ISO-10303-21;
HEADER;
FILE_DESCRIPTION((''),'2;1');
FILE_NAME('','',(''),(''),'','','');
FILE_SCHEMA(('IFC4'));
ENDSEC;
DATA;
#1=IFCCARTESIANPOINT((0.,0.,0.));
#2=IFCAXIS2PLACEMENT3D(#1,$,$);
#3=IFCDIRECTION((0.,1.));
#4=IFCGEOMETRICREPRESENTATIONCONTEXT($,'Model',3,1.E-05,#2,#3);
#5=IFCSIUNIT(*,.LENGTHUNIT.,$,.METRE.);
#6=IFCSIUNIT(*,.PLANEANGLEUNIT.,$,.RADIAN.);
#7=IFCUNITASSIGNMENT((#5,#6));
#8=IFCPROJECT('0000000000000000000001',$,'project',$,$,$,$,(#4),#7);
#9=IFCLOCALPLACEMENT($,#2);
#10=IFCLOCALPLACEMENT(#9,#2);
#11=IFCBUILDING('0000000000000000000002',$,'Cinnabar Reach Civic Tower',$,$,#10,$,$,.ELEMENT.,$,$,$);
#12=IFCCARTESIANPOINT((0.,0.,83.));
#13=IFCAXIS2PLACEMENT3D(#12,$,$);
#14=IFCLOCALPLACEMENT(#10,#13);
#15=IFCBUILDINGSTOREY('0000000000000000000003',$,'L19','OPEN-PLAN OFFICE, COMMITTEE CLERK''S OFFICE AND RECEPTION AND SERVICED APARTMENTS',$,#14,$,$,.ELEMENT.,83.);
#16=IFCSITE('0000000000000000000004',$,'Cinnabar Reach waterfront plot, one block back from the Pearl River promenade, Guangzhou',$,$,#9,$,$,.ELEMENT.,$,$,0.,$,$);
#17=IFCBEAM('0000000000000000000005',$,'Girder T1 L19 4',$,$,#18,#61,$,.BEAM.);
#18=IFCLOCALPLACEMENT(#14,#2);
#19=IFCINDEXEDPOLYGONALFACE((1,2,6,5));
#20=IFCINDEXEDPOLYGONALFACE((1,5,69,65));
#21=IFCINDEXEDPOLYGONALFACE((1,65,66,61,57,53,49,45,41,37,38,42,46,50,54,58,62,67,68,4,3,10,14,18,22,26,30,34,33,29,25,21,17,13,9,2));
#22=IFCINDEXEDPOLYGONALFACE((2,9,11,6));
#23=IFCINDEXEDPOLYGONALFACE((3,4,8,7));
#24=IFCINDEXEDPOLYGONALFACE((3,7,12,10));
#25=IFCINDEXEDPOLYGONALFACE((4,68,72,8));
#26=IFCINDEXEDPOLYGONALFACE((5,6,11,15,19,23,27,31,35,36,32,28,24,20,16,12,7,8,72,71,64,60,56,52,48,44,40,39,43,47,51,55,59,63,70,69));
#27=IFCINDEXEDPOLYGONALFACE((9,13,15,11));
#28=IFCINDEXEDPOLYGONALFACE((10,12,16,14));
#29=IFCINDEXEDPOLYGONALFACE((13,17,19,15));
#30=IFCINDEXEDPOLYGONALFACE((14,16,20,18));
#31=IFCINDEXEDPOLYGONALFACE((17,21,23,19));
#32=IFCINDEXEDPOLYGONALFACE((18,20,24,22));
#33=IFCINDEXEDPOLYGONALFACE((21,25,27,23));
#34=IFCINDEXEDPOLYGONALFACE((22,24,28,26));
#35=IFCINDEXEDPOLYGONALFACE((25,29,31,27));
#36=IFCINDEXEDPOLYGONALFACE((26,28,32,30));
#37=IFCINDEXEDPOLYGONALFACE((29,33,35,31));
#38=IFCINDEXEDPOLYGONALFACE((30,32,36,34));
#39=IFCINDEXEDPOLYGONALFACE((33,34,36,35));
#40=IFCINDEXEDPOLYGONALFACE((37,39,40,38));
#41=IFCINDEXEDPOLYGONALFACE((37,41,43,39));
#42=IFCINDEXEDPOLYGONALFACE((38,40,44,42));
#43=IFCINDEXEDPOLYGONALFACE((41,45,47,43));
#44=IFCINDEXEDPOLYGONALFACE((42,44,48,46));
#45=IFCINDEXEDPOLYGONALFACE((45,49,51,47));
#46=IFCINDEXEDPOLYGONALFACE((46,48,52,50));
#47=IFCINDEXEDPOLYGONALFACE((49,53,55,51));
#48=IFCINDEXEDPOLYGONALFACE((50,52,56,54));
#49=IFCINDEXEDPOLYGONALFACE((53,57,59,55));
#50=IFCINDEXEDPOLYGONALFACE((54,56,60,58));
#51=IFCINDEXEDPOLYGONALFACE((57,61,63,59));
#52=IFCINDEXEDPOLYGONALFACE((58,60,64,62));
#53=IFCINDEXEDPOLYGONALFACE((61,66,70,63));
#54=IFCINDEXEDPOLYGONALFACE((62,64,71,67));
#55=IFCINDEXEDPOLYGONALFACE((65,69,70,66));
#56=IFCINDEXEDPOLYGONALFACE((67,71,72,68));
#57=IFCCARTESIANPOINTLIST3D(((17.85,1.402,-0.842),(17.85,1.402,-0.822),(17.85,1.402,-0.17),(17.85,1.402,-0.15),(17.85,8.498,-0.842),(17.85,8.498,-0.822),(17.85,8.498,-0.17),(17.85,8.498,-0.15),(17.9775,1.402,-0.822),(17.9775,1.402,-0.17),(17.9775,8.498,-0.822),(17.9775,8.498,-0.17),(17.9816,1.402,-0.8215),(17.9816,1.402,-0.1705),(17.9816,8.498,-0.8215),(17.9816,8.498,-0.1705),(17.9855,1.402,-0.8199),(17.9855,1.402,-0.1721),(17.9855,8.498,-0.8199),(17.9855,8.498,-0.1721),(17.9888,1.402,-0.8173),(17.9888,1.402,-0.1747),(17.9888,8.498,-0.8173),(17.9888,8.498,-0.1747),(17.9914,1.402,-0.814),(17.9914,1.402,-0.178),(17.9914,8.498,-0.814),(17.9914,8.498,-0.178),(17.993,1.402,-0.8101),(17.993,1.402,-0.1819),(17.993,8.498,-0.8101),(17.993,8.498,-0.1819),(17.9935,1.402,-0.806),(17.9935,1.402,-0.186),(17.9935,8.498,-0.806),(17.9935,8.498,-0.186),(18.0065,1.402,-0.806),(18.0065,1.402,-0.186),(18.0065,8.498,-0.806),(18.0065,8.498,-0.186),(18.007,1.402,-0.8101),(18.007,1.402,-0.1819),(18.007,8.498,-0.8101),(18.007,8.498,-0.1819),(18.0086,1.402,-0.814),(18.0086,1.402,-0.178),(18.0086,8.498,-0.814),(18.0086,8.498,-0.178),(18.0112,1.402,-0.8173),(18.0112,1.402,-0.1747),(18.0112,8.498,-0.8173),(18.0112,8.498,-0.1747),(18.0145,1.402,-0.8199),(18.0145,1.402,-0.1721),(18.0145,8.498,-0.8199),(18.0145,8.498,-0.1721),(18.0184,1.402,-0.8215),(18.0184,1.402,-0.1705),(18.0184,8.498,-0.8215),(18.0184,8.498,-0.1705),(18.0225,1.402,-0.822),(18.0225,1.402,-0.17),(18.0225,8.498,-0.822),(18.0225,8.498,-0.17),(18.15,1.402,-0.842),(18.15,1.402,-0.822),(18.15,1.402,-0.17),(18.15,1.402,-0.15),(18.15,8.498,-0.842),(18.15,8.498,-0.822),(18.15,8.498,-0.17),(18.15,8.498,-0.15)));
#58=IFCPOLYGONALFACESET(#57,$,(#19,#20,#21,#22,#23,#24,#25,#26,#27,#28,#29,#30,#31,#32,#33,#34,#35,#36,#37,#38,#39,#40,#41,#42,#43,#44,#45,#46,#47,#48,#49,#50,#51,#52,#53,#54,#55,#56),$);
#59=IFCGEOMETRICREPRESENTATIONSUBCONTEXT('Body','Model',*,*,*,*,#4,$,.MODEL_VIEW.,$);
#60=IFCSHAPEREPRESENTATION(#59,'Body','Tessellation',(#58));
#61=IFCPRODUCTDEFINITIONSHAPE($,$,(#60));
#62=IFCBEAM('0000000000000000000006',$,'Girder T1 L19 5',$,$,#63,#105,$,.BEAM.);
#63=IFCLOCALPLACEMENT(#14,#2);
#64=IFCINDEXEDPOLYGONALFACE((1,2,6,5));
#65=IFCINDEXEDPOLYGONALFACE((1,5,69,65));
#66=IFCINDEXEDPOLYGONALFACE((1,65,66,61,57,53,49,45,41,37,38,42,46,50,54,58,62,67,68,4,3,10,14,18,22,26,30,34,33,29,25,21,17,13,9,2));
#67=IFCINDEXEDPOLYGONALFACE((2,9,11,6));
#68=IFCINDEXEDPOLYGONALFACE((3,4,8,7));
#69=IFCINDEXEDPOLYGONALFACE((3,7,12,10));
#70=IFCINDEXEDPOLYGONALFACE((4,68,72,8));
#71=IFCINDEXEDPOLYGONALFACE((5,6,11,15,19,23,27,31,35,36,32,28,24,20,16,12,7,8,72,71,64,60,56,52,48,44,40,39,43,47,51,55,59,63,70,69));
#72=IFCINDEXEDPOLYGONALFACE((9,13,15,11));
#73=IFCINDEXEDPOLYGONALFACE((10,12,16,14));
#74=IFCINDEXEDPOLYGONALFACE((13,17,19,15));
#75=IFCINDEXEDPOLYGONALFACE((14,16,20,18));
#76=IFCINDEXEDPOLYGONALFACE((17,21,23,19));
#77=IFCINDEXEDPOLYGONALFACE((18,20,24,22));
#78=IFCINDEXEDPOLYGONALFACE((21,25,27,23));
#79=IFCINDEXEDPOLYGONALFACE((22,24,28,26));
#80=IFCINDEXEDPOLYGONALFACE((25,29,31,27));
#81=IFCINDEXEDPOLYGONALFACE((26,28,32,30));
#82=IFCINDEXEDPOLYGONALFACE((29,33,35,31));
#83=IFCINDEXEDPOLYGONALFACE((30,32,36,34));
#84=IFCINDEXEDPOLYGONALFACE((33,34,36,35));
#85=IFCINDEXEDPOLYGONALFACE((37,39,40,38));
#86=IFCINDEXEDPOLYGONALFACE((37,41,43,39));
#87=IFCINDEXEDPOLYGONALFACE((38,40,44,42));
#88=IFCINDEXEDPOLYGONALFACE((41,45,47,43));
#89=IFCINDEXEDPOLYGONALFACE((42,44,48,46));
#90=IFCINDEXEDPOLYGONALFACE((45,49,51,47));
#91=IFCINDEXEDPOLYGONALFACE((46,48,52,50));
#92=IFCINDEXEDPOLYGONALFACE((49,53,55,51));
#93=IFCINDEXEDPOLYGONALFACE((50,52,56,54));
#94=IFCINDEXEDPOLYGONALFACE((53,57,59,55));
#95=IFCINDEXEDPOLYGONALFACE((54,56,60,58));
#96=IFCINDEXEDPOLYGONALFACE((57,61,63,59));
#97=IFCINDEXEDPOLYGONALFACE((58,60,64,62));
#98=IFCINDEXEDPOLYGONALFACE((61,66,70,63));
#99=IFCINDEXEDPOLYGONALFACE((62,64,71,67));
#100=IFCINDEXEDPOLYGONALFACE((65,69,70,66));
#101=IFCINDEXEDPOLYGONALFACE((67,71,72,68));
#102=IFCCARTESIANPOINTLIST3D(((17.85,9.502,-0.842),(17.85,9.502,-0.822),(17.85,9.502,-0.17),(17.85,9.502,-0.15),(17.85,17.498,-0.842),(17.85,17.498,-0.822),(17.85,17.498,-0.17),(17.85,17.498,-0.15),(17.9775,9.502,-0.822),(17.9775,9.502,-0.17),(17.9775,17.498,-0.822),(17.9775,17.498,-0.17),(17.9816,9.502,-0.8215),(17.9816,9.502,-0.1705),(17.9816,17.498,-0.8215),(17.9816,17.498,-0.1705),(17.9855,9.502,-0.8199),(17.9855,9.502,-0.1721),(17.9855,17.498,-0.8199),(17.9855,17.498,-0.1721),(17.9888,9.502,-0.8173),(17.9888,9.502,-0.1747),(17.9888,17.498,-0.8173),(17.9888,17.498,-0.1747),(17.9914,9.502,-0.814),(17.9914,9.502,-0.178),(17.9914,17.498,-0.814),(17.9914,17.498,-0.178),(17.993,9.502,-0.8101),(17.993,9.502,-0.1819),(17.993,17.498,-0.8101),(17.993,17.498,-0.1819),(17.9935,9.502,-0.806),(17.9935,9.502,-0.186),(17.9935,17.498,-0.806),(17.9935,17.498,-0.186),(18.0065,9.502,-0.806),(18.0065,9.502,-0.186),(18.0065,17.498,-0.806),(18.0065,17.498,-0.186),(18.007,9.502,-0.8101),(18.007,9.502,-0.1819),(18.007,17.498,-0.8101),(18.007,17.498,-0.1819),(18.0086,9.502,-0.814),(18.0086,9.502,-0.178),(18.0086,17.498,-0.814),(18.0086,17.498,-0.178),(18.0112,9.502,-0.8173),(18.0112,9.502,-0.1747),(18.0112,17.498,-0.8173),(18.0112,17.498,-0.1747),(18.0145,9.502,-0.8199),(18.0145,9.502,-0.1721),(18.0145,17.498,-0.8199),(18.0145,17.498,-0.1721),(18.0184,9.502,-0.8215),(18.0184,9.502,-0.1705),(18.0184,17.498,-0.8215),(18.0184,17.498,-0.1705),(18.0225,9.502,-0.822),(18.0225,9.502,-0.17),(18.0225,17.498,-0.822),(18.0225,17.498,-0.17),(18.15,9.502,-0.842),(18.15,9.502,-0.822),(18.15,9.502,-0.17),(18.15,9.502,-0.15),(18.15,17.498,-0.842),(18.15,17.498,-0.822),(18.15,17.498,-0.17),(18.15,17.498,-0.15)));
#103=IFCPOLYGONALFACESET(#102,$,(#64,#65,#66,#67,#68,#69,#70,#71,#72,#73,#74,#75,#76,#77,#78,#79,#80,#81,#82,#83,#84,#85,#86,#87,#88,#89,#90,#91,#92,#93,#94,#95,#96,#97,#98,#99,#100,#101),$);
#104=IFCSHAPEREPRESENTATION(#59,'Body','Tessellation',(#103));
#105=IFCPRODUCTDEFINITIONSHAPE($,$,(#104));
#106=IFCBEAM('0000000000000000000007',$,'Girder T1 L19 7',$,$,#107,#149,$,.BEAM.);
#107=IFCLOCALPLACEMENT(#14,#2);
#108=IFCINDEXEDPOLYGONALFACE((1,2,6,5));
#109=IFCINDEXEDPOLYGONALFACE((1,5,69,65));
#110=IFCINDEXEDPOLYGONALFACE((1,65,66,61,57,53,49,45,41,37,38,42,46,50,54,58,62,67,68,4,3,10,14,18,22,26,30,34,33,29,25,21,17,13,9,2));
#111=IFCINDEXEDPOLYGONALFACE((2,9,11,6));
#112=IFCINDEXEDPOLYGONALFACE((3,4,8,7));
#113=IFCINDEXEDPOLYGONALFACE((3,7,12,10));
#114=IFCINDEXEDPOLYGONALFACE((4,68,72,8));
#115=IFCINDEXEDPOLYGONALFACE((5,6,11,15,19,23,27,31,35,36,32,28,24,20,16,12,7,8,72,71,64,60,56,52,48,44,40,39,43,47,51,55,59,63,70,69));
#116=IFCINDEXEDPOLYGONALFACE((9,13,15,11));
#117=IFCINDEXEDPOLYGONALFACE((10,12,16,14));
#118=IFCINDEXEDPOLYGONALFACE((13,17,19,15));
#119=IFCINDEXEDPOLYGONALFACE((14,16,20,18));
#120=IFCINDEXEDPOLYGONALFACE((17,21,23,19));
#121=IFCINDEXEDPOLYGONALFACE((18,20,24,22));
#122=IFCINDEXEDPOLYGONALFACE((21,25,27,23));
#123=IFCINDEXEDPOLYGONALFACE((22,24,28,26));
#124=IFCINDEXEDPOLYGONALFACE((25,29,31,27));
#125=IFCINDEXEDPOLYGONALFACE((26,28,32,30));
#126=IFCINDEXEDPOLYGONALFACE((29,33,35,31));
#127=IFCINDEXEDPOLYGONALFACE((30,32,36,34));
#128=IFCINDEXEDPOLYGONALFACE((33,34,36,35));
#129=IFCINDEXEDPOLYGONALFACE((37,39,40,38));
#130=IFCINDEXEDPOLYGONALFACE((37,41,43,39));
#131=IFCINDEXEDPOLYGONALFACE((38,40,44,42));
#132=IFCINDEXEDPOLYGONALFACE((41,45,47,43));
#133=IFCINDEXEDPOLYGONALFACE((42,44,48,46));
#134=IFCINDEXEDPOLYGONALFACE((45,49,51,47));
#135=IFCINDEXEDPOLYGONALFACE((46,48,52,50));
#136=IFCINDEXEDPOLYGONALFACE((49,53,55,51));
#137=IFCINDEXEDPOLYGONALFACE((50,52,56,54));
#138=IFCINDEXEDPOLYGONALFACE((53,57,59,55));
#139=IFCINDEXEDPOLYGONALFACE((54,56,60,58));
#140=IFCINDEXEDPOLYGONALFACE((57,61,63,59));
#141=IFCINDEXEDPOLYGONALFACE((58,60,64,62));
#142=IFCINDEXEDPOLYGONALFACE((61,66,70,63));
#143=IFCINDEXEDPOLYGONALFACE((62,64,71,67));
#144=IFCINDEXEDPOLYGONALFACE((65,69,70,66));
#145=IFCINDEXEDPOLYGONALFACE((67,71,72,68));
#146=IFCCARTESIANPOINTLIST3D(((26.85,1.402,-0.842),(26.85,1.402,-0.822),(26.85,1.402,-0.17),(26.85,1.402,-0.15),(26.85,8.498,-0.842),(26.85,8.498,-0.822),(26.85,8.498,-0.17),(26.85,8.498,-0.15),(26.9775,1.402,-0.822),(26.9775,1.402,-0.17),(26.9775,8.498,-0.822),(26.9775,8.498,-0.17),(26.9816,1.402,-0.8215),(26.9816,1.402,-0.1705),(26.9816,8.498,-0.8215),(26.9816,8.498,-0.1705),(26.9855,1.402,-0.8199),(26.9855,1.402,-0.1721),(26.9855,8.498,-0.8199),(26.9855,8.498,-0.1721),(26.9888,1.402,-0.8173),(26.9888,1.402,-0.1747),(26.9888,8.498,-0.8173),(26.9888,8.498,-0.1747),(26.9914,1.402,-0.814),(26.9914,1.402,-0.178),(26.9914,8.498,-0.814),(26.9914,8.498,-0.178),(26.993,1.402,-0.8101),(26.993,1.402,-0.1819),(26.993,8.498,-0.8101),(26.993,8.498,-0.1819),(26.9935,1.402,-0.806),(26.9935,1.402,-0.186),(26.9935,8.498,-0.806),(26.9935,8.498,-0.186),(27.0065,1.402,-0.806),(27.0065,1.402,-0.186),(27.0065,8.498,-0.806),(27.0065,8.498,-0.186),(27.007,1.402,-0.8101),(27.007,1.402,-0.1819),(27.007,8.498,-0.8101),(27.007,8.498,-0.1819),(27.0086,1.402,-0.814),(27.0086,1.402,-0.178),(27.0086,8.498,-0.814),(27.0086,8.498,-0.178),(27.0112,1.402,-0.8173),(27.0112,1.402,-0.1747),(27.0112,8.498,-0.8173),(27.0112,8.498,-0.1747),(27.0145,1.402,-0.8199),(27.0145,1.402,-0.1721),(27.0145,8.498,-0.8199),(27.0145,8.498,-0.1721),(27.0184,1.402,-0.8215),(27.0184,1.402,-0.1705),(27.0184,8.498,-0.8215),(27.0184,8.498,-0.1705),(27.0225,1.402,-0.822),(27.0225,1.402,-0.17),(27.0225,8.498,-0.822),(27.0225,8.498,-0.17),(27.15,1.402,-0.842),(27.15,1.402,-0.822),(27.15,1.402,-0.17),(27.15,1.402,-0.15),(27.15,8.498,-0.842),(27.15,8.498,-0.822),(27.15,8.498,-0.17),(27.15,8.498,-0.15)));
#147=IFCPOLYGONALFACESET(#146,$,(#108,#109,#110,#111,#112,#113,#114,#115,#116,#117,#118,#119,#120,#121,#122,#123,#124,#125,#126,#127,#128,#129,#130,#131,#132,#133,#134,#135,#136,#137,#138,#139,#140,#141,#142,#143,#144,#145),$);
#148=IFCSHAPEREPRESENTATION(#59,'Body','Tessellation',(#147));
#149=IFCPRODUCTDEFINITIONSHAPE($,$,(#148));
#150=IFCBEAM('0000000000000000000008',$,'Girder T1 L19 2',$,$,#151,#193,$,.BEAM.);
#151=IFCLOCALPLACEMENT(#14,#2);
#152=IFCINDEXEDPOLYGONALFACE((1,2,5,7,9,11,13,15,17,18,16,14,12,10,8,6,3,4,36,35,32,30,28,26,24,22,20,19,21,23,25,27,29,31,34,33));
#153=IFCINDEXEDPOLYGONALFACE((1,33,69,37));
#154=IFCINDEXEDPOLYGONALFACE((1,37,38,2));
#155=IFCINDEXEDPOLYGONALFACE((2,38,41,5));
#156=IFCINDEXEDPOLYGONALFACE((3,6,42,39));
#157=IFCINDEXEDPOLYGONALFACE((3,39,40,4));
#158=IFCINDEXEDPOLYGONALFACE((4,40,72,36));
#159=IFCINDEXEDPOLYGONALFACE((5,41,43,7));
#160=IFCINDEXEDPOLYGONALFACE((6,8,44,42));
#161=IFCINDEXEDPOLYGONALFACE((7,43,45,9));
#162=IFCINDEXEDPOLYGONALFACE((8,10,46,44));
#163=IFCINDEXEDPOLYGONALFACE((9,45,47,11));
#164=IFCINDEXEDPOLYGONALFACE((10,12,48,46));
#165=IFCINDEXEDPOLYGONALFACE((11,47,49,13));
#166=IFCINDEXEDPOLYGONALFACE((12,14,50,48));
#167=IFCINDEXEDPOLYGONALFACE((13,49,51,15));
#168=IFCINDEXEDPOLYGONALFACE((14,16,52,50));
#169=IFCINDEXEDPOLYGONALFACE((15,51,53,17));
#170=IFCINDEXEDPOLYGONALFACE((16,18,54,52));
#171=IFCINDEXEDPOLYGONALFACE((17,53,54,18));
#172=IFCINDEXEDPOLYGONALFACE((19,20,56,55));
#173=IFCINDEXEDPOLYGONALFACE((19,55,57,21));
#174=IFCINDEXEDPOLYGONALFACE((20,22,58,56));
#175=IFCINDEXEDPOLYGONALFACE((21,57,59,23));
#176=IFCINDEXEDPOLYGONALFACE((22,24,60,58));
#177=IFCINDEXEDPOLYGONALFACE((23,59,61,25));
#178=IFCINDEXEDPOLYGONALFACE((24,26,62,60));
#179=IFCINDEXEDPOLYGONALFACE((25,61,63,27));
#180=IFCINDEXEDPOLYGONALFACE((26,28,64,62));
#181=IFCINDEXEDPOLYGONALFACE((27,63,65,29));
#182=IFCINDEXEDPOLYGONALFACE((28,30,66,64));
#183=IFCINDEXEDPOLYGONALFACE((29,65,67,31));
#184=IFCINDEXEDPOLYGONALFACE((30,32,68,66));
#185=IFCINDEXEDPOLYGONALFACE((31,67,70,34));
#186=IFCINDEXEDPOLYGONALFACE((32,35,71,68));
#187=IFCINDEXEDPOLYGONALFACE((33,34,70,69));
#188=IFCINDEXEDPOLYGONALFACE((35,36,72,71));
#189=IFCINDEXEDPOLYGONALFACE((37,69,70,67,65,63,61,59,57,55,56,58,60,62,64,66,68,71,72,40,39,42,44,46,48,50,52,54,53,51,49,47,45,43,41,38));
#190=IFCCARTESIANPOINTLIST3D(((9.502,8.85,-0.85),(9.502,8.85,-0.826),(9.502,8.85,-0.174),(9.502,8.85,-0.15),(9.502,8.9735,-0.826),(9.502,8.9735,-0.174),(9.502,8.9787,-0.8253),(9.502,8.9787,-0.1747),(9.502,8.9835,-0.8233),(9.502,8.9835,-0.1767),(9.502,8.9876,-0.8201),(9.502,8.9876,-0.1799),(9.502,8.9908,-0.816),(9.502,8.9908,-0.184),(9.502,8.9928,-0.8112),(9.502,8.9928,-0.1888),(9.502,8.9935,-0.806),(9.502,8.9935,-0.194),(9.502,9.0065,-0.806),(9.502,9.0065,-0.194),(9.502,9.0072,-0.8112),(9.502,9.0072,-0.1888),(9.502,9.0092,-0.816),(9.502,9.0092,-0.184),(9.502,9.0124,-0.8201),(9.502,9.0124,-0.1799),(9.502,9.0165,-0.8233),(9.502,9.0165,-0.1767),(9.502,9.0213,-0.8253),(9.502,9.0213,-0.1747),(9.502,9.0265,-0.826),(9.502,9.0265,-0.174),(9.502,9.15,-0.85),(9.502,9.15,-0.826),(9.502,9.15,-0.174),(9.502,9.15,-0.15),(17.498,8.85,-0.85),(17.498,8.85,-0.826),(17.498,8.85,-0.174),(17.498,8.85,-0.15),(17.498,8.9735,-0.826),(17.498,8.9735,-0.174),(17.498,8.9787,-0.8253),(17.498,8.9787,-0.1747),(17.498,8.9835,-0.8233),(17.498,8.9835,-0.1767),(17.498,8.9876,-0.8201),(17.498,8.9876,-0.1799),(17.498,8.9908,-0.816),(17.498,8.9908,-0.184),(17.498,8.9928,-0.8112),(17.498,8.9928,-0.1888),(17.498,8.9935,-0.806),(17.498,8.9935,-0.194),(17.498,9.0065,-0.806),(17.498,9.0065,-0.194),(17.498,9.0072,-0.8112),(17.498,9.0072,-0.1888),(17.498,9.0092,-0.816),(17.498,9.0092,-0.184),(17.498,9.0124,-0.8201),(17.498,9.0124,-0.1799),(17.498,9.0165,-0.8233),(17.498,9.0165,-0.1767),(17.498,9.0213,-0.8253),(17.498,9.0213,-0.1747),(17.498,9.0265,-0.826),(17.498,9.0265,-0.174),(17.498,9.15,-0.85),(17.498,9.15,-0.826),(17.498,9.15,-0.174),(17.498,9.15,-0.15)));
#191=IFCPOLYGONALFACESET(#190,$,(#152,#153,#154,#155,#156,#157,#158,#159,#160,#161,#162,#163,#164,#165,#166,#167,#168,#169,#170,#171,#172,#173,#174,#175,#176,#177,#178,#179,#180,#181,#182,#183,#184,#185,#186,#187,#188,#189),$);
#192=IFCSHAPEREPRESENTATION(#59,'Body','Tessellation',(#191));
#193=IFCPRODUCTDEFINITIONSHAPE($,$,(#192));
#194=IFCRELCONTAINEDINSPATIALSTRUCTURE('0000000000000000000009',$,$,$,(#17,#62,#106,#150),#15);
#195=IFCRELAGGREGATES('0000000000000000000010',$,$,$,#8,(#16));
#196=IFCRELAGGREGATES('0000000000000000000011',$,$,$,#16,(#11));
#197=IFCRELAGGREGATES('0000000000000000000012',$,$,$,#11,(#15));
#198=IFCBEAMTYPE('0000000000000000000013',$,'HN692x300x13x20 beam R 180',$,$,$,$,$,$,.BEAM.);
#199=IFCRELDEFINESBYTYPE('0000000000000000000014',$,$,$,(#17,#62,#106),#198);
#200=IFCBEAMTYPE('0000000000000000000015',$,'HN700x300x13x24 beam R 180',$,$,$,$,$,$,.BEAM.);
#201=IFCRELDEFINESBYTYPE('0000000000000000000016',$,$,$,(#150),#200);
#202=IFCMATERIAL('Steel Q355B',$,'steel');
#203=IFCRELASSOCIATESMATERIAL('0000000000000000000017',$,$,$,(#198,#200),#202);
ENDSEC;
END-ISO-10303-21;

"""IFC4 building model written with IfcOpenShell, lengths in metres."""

from ifc_helpers import new_model, si_unit, direction, frame, origin, origin_2d, place, context, subcontext, project, spatial, i_section, extrude, material, material_profile, profile_set, type_object, element, save


model = new_model("IFC4")

# Units and contexts
model_context = context("Model", 3, precision=1e-05, world=origin(), true_north=direction((0.0, 1.0)))
body_context = subcontext(model_context, "Body", "Model", "MODEL_VIEW")
ifc_project = project(units=[si_unit("LENGTHUNIT", "METRE"), si_unit("PLANEANGLEUNIT", "RADIAN")], contexts=[model_context])

# Site, building, storey
site_placement = place(None, origin())
site = spatial("IfcSite", under=ifc_project, at=site_placement, Name="Cinnabar Reach waterfront plot, one block back from the Pearl River promenade, Guangzhou", CompositionType="ELEMENT", RefElevation=0.0)
building_placement = place(site_placement, origin())
building = spatial("IfcBuilding", under=site, at=building_placement, Name="Cinnabar Reach Civic Tower", CompositionType="ELEMENT")
storey_placement = place(building_placement, frame((0.0, 0.0, 83.0)))
storey = spatial("IfcBuildingStorey", under=building, at=storey_placement, Name="L19", Description="OPEN-PLAN OFFICE, COMMITTEE CLERK'S OFFICE AND RECEPTION AND SERVICED APARTMENTS", CompositionType="ELEMENT", Elevation=83.0)

# Beams
ifc_material_1 = material(Name="Steel Q355B", Category="steel")
ifc_material_profile_1 = material_profile(ifc_material_1, i_section(OverallWidth=0.3, OverallDepth=0.692, WebThickness=0.013, FlangeThickness=0.02, FilletRadius=0.016, at=origin_2d()), Name="HN692x300x13x20")
ifc_profile_set_1 = profile_set([ifc_material_profile_1], Name="Steel Q355B")
beam_type_1 = type_object("IfcBeamType", Name="HN692x300x13x20 beam R 180", PredefinedType="BEAM", material=ifc_profile_set_1)
beam_1_placement = place(storey_placement, frame((18.0, 1.402, -0.496), z_axis=(0.0, 1.0, 0.0), x_axis=(-1.0, 0.0, 0.0)))
element("IfcBeam", 1, at=beam_1_placement, inside=storey, type_object=beam_type_1, Name="Girder T1 L19 4", PredefinedType="BEAM", context=body_context, shape_type="SweptSolid", body=[
    extrude(i_section(OverallWidth=0.3, OverallDepth=0.692, WebThickness=0.013, FlangeThickness=0.02, FilletRadius=0.016, at=origin_2d()), origin(), (0.0, 0.0, 1.0), 7.096),
])
beam_2_placement = place(storey_placement, frame((18.0, 9.502, -0.496), z_axis=(0.0, 1.0, 0.0), x_axis=(-1.0, 0.0, 0.0)))
element("IfcBeam", 2, at=beam_2_placement, inside=storey, type_object=beam_type_1, Name="Girder T1 L19 5", PredefinedType="BEAM", context=body_context, shape_type="SweptSolid", body=[
    extrude(i_section(OverallWidth=0.3, OverallDepth=0.692, WebThickness=0.013, FlangeThickness=0.02, FilletRadius=0.016, at=origin_2d()), origin(), (0.0, 0.0, 1.0), 7.996),
])
beam_3_placement = place(storey_placement, frame((27.0, 1.402, -0.496), z_axis=(0.0, 1.0, 0.0), x_axis=(-1.0, 0.0, 0.0)))
element("IfcBeam", 3, at=beam_3_placement, inside=storey, type_object=beam_type_1, Name="Girder T1 L19 7", PredefinedType="BEAM", context=body_context, shape_type="SweptSolid", body=[
    extrude(i_section(OverallWidth=0.3, OverallDepth=0.692, WebThickness=0.013, FlangeThickness=0.02, FilletRadius=0.016, at=origin_2d()), origin(), (0.0, 0.0, 1.0), 7.096),
])
ifc_material_profile_2 = material_profile(ifc_material_1, i_section(OverallWidth=0.3, OverallDepth=0.7, WebThickness=0.013, FlangeThickness=0.024, FilletRadius=0.02, at=origin_2d()), Name="HN700x300x13x24")
ifc_profile_set_2 = profile_set([ifc_material_profile_2], Name="Steel Q355B")
beam_type_2 = type_object("IfcBeamType", Name="HN700x300x13x24 beam R 180", PredefinedType="BEAM", material=ifc_profile_set_2)
for number, where, z_axis, x_axis, name in (
    (4, (9.502, 9.0, -0.5), (1.0, 0.0, 0.0), (0.0, 1.0, 0.0), "Girder T1 L19 2"),
):
    element("IfcBeam", number, at=place(storey_placement, frame(where, z_axis=z_axis, x_axis=x_axis)), inside=storey, type_object=beam_type_2, Name=name, PredefinedType="BEAM", context=body_context, shape_type="SweptSolid", body=[
        extrude(i_section(OverallWidth=0.3, OverallDepth=0.7, WebThickness=0.013, FlangeThickness=0.024, FilletRadius=0.02, at=origin_2d()), origin(), (0.0, 0.0, 1.0), 7.996),
    ])

save(model, "model.ifc")
